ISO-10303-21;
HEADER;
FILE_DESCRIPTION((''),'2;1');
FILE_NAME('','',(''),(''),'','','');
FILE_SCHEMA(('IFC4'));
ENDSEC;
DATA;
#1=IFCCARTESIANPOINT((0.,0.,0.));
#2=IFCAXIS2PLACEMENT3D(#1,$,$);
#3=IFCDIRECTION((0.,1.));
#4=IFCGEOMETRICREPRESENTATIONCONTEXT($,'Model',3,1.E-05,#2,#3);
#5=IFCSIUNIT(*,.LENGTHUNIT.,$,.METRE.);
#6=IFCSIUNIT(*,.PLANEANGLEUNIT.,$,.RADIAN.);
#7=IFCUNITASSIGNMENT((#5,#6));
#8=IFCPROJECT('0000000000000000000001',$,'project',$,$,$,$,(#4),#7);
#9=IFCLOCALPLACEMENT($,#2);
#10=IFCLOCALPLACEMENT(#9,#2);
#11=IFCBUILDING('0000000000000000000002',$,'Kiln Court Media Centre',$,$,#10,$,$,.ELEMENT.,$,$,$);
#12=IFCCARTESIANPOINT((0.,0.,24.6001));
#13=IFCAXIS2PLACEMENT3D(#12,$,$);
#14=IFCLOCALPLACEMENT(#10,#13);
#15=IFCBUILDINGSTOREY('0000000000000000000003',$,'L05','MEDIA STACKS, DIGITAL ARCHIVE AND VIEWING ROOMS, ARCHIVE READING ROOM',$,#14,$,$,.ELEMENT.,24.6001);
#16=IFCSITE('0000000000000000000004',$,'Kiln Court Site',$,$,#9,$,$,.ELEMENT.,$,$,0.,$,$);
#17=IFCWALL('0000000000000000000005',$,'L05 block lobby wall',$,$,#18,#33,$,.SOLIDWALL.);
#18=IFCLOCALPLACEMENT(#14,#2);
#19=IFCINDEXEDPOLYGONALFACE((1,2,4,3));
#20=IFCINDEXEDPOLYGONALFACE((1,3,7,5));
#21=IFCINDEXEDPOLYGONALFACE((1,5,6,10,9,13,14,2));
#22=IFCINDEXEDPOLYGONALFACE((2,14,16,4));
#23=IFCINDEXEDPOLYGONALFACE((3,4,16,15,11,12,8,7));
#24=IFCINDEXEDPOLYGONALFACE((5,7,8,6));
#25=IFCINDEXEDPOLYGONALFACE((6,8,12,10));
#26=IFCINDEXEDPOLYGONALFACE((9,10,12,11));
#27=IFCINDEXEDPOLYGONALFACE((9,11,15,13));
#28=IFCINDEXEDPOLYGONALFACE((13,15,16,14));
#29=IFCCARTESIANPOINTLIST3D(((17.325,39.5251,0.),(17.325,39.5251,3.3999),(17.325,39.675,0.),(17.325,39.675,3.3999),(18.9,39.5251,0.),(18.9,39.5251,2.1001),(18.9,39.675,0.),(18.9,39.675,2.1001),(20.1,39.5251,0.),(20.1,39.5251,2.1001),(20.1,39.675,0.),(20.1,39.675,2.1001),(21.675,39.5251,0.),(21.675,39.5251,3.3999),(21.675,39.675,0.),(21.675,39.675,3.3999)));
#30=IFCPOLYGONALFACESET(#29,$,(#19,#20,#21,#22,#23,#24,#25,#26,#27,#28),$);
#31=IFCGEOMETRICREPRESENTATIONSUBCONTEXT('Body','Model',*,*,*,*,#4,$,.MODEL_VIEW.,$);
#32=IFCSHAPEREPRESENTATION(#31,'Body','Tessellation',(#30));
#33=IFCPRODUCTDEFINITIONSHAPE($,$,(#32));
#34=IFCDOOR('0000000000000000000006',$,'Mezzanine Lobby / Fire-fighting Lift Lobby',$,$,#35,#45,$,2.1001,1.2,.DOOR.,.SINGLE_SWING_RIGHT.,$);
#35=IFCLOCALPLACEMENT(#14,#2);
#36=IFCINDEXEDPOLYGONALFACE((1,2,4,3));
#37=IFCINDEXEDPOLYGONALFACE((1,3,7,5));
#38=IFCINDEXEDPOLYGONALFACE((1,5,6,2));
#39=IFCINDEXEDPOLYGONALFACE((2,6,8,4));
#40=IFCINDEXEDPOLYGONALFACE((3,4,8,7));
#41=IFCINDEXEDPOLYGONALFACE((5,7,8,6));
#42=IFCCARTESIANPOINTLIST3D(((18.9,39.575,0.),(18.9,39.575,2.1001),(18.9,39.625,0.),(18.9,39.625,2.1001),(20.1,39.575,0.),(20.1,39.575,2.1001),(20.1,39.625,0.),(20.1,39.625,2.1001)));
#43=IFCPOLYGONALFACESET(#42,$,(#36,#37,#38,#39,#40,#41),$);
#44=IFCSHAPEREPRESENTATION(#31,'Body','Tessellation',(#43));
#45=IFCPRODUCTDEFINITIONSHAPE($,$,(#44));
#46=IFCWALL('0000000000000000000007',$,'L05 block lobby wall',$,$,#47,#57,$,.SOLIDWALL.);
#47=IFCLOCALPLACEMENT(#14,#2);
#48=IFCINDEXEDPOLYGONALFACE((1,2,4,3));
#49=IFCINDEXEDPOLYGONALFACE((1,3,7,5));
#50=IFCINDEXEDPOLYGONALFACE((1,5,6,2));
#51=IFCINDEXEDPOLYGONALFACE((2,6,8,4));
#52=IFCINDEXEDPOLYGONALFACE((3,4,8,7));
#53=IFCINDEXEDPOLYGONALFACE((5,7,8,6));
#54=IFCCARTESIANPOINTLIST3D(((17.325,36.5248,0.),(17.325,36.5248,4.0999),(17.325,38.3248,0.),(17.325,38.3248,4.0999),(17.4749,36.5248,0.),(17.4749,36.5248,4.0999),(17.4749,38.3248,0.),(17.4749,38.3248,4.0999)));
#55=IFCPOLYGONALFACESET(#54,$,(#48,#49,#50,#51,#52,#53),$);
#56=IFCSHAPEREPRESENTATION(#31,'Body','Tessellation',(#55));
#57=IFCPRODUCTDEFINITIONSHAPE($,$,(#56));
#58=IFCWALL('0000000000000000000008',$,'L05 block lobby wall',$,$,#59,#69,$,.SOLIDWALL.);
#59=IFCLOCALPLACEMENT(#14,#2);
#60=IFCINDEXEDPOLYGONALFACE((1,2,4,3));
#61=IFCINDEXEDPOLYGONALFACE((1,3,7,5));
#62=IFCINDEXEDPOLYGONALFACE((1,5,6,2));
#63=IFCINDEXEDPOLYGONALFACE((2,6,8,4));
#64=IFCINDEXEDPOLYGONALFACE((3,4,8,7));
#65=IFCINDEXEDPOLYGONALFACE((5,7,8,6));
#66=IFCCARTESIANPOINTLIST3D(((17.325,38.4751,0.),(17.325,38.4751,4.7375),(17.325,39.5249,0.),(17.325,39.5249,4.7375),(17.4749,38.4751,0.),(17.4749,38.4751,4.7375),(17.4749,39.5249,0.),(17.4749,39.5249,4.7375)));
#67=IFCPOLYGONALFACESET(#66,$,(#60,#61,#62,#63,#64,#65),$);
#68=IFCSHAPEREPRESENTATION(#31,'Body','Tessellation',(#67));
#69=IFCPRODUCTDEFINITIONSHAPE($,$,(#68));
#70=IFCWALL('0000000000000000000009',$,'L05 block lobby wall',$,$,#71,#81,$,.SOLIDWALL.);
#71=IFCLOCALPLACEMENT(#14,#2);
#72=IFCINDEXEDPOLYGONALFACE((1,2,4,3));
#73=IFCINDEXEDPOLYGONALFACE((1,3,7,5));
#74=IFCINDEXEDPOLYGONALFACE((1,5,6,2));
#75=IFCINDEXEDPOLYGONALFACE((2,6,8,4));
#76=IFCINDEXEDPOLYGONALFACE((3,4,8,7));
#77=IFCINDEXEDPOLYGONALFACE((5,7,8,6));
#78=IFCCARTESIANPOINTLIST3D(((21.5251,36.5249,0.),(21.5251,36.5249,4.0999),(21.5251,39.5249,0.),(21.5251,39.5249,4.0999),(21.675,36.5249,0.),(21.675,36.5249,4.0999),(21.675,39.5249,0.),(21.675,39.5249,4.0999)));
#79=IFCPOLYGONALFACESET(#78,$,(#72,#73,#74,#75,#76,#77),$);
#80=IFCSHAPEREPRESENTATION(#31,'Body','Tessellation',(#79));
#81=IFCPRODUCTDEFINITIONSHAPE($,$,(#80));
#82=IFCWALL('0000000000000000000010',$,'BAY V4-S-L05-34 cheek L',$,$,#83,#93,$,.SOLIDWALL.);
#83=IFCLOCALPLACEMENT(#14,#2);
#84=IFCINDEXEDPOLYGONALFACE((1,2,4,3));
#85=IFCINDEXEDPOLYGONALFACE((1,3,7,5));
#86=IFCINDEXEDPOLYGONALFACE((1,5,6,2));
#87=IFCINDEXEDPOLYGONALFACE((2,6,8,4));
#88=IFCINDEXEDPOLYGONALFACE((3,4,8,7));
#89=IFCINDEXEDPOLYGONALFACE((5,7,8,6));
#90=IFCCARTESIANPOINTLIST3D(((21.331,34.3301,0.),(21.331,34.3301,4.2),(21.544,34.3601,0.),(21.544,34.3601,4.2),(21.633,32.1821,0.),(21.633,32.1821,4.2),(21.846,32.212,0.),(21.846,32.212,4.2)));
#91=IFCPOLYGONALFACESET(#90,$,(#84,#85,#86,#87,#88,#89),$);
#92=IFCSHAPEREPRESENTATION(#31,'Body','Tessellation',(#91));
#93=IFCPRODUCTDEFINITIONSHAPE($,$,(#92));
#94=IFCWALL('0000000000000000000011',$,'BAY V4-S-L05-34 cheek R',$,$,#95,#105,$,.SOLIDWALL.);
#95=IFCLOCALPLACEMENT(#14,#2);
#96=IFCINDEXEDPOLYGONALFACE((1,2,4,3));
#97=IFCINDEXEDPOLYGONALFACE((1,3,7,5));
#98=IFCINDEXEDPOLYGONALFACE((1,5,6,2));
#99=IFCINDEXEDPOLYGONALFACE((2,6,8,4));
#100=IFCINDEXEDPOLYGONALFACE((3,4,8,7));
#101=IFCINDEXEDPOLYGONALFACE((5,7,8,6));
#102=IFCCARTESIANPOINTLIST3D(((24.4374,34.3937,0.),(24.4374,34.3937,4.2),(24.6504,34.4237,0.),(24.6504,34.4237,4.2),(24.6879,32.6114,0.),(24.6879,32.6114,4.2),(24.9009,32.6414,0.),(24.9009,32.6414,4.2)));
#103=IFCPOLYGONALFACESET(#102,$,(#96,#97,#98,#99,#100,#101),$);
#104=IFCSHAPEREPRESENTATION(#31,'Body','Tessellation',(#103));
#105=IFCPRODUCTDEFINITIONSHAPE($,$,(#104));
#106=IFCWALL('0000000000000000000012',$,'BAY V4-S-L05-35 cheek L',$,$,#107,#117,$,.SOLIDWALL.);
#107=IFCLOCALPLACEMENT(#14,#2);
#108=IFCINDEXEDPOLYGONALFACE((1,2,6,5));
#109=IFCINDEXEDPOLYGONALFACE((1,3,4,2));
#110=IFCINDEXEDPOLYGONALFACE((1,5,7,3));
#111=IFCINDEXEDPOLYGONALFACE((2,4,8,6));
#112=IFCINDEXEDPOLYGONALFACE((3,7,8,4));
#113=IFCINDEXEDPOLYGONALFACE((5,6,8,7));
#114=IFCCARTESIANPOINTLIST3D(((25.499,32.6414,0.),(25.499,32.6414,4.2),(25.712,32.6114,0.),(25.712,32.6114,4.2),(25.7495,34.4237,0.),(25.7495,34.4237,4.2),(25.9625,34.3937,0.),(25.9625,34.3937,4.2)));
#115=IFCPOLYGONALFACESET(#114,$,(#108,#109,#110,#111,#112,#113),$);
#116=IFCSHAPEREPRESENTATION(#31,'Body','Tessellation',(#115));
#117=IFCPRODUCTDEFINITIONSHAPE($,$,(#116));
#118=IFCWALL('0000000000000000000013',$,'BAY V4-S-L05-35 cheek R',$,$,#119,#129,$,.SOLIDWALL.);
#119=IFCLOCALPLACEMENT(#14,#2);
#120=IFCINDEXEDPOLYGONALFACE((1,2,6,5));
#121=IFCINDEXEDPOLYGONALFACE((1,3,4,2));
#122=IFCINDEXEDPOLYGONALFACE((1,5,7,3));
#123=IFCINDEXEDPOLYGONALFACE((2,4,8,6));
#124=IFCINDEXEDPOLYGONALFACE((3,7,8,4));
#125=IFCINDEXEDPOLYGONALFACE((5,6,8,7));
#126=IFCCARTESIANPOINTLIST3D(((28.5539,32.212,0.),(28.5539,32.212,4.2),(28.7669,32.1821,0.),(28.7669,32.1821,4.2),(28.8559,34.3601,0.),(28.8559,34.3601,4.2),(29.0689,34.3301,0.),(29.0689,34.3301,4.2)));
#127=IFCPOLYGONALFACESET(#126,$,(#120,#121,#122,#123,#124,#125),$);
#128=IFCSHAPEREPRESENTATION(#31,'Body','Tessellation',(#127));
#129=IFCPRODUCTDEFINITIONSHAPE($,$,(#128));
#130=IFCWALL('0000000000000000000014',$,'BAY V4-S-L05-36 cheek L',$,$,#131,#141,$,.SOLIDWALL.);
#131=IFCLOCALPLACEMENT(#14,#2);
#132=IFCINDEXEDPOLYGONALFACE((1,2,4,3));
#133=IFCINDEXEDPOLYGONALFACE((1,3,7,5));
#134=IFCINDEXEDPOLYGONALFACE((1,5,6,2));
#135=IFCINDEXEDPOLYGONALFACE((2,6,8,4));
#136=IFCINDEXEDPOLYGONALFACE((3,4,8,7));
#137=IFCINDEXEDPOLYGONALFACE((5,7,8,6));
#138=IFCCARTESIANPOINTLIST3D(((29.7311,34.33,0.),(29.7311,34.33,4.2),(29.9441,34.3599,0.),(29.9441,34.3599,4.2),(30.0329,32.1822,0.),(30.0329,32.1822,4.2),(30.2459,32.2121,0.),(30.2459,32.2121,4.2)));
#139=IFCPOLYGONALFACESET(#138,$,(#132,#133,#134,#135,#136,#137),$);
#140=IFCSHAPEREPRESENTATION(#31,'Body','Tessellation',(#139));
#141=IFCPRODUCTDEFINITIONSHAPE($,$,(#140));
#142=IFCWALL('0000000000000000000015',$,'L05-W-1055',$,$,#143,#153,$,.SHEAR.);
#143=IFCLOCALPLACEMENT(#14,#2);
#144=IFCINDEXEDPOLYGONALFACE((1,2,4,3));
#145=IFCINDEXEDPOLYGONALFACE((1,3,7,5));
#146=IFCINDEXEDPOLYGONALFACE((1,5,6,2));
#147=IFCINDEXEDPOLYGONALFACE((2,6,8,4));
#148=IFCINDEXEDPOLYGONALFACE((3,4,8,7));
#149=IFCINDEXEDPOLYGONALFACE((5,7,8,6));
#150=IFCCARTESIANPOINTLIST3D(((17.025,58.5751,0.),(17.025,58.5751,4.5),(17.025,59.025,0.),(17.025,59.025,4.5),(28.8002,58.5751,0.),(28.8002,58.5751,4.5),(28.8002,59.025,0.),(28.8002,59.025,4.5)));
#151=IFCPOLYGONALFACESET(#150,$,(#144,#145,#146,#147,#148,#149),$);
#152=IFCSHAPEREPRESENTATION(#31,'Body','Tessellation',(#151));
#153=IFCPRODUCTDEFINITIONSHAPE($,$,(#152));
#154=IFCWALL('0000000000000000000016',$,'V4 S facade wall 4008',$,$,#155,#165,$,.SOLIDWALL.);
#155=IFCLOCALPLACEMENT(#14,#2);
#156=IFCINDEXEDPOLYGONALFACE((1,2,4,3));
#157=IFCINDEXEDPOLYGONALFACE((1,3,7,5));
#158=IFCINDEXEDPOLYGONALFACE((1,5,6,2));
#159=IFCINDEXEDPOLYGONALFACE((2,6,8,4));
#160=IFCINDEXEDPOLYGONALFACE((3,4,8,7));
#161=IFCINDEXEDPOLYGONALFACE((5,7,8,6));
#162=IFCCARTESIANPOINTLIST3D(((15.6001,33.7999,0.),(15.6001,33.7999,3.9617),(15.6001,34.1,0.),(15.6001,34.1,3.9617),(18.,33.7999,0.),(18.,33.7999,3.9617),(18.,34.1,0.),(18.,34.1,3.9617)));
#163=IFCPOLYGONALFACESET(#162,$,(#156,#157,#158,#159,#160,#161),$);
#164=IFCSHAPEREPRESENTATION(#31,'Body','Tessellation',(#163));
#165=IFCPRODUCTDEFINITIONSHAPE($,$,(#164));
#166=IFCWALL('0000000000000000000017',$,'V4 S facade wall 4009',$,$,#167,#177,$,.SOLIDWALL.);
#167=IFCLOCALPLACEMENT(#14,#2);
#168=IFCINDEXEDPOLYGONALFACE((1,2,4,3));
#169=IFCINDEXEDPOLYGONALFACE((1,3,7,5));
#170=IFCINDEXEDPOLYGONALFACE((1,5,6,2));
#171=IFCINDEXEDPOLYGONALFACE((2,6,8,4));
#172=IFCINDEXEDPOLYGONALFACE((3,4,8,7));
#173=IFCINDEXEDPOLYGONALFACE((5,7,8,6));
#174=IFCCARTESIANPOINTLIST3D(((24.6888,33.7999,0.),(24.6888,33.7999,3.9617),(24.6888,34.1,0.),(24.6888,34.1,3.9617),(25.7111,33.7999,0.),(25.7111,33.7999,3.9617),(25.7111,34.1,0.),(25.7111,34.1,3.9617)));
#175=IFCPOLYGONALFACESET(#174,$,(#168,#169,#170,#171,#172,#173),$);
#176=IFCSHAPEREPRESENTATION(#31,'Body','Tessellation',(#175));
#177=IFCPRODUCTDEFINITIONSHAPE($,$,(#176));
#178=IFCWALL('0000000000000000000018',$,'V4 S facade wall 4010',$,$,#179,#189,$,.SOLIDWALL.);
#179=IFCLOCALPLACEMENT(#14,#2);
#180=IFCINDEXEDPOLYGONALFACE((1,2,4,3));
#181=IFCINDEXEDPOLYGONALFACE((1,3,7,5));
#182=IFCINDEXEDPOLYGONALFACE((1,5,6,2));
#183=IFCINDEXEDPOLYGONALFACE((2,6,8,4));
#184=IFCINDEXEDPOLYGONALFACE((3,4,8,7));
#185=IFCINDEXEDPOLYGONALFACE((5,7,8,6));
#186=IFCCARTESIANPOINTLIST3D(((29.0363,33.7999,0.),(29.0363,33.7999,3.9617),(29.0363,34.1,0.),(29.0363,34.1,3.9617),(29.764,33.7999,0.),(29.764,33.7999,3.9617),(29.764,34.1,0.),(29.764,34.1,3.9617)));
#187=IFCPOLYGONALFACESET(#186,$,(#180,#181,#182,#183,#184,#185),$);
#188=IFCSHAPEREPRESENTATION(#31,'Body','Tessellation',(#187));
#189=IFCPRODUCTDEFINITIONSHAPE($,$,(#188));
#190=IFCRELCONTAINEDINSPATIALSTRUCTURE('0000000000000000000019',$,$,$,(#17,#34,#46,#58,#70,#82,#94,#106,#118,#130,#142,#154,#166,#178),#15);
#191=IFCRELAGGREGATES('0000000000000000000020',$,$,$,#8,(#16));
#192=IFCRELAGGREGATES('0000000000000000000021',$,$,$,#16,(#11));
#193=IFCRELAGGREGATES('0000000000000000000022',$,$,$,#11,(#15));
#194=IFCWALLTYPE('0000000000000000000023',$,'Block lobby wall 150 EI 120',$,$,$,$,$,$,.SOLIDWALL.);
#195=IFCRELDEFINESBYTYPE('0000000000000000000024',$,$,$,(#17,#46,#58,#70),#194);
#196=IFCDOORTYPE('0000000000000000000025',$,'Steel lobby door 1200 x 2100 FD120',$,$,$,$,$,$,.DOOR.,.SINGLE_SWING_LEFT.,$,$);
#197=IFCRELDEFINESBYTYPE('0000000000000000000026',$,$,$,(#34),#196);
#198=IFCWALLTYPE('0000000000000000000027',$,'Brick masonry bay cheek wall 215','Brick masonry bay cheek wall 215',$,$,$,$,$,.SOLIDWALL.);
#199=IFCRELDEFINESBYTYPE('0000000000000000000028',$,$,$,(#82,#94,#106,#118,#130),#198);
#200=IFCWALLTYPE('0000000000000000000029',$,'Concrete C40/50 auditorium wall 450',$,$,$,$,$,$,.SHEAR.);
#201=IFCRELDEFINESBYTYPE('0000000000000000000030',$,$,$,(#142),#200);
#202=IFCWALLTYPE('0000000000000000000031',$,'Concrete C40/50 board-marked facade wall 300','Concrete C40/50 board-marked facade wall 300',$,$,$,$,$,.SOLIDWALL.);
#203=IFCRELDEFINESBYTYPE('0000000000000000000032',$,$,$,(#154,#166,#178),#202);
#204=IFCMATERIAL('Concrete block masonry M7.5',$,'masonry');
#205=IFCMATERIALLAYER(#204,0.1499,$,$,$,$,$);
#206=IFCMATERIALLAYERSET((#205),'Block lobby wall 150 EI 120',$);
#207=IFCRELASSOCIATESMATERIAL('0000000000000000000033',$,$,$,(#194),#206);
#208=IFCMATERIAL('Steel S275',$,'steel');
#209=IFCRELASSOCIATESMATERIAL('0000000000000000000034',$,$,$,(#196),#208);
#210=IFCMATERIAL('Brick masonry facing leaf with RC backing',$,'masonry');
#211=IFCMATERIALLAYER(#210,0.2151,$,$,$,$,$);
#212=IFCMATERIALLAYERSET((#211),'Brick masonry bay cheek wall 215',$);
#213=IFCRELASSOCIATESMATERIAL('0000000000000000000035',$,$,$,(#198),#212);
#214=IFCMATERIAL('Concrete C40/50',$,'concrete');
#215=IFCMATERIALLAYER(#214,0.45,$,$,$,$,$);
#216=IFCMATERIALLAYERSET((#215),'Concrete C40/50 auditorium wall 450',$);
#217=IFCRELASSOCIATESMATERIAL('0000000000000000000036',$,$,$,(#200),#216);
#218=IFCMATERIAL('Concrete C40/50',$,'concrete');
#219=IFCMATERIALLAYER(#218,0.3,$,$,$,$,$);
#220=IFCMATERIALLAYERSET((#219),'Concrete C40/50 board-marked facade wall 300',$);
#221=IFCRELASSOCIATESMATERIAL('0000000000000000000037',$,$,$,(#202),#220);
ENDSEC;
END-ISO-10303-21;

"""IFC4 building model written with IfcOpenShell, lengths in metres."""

from ifc_helpers import new_model, si_unit, direction, frame, frame_2d, origin, place, context, subcontext, project, spatial, rectangle, extrude, material, layer, layer_set, type_object, element, fill, save


model = new_model("IFC4")

# Units and contexts
model_context = context("Model", 3, precision=1e-05, world=origin(), true_north=direction((0.0, 1.0)))
body_context = subcontext(model_context, "Body", "Model", "MODEL_VIEW")
ifc_project = project(units=[si_unit("LENGTHUNIT", "METRE"), si_unit("PLANEANGLEUNIT", "RADIAN")], contexts=[model_context])

# Site, building, storey
site_placement = place(None, origin())
site = spatial("IfcSite", under=ifc_project, at=site_placement, Name="Kiln Court Site", CompositionType="ELEMENT", RefElevation=0.0)
building_placement = place(site_placement, origin())
building = spatial("IfcBuilding", under=site, at=building_placement, Name="Kiln Court Media Centre", CompositionType="ELEMENT")
storey_placement = place(building_placement, frame((0.0, 0.0, 24.6001)))
storey = spatial("IfcBuildingStorey", under=building, at=storey_placement, Name="L05", Description="MEDIA STACKS, DIGITAL ARCHIVE AND VIEWING ROOMS, ARCHIVE READING ROOM", CompositionType="ELEMENT", Elevation=24.6001)

# Wall, opening, door
ifc_material_1 = material(Name="Concrete block masonry M7.5", Category="masonry")
ifc_layer_1 = layer(ifc_material_1, 0.1499)
ifc_layer_set_1 = layer_set([ifc_layer_1], Name="Block lobby wall 150 EI 120")
wall_type_1 = type_object("IfcWallType", Name="Block lobby wall 150 EI 120", PredefinedType="SOLIDWALL", material=ifc_layer_set_1)
wall_1_placement = place(storey_placement, frame((17.325, 39.6001, 0.0), z_axis=(0.0, 0.0, 1.0), x_axis=(1.0, 0.0, 0.0)))
wall_1 = element("IfcWall", 1, at=wall_1_placement, inside=storey, type_object=wall_type_1, Name="L05 block lobby wall", PredefinedType="SOLIDWALL", context=body_context, shape_type="SweptSolid", body=[
    extrude(rectangle(XDim=4.3501, YDim=0.1499, at=frame_2d((2.175, 0.0))), origin(), (0.0, 0.0, 1.0), 3.3999),
])
opening_1_placement = place(wall_1_placement, frame((1.575, 0.0, 0.0)))
opening_1 = element("IfcOpeningElement", 2, at=opening_1_placement, cuts=wall_1, PredefinedType="OPENING", context=body_context, shape_type="SweptSolid", body=[
    extrude(rectangle(XDim=1.2, YDim=2.1001, at=frame_2d((0.6001, 1.05))), frame((0.0, 0.085, 0.0), z_axis=(0.0, -1.0, 0.0), x_axis=(1.0, 0.0, 0.0)), (0.0, 0.0, 1.0), 0.1699),
])
ifc_material_2 = material(Name="Steel S275", Category="steel")
door_type_1 = type_object("IfcDoorType", Name="Steel lobby door 1200 x 2100 FD120", OperationType="SINGLE_SWING_LEFT", PredefinedType="DOOR", material=ifc_material_2)
door_1_placement = place(opening_1_placement, origin())
door_1 = element("IfcDoor", 3, at=door_1_placement, inside=storey, type_object=door_type_1, Name="Mezzanine Lobby / Fire-fighting Lift Lobby", OperationType="SINGLE_SWING_RIGHT", OverallHeight=2.1001, OverallWidth=1.2, PredefinedType="DOOR", context=body_context, shape_type="SweptSolid", body=[
    extrude(rectangle(XDim=1.2, YDim=2.1001, at=frame_2d((0.6001, 1.05))), frame((0.0, 0.0249, 0.0), z_axis=(0.0, -1.0, 0.0), x_axis=(1.0, 0.0, 0.0)), (0.0, 0.0, 1.0), 0.05),
])
fill(opening_1, door_1)

# Walls
wall_2_placement = place(storey_placement, frame((17.3999, 36.5249, 0.0), z_axis=(0.0, 0.0, 1.0), x_axis=(0.0, 1.0, 0.0)))
element("IfcWall", 4, at=wall_2_placement, inside=storey, type_object=wall_type_1, Name="L05 block lobby wall", PredefinedType="SOLIDWALL", context=body_context, shape_type="SweptSolid", body=[
    extrude(rectangle(XDim=1.8, YDim=0.1499, at=frame_2d((0.8999, 0.0))), origin(), (0.0, 0.0, 1.0), 4.0999),
])
wall_3_placement = place(storey_placement, frame((17.3999, 38.4751, 0.0), z_axis=(0.0, 0.0, 1.0), x_axis=(0.0, 1.0, 0.0)))
element("IfcWall", 5, at=wall_3_placement, inside=storey, type_object=wall_type_1, Name="L05 block lobby wall", PredefinedType="SOLIDWALL", context=body_context, shape_type="SweptSolid", body=[
    extrude(rectangle(XDim=1.0498, YDim=0.1499, at=frame_2d((0.5249, 0.0))), origin(), (0.0, 0.0, 1.0), 4.7375),
])
wall_4_placement = place(storey_placement, frame((21.6001, 36.5249, 0.0), z_axis=(0.0, 0.0, 1.0), x_axis=(0.0, 1.0, 0.0)))
element("IfcWall", 6, at=wall_4_placement, inside=storey, type_object=wall_type_1, Name="L05 block lobby wall", PredefinedType="SOLIDWALL", context=body_context, shape_type="SweptSolid", body=[
    extrude(rectangle(XDim=3.0, YDim=0.1499, at=frame_2d((1.5, 0.0))), origin(), (0.0, 0.0, 1.0), 4.0999),
])
ifc_material_3 = material(Name="Brick masonry facing leaf with RC backing", Category="masonry")
ifc_layer_2 = layer(ifc_material_3, 0.2151)
ifc_layer_set_2 = layer_set([ifc_layer_2], Name="Brick masonry bay cheek wall 215")
wall_type_2 = type_object("IfcWallType", Name="Brick masonry bay cheek wall 215", Description="Brick masonry bay cheek wall 215", PredefinedType="SOLIDWALL", material=ifc_layer_set_2)
wall_5_placement = place(storey_placement, frame((21.4375, 34.345, 0.0), z_axis=(0.0, 0.0, 1.0), x_axis=(0.139231, -0.99026, 0.0)))
element("IfcWall", 7, at=wall_5_placement, inside=storey, type_object=wall_type_2, Name="BAY V4-S-L05-34 cheek L", PredefinedType="SOLIDWALL", context=body_context, shape_type="SweptSolid", body=[
    extrude(rectangle(XDim=2.1692, YDim=0.2151, at=frame_2d((1.0845, 0.0))), origin(), (0.0, 0.0, 1.0), 4.2),
])
for number, where, z_axis, x_axis, name in (
    (8, (24.5439, 34.4087, 0.0), (0.0, 0.0, 1.0), (0.13918, -0.990267, 0.0), "BAY V4-S-L05-34 cheek R"),
    (9, (25.856, 34.4087, 0.0), (0.0, 0.0, 1.0), (-0.13918, -0.990267, 0.0), "BAY V4-S-L05-35 cheek L"),
):
    element("IfcWall", number, at=place(storey_placement, frame(where, z_axis=z_axis, x_axis=x_axis)), inside=storey, type_object=wall_type_2, Name=name, PredefinedType="SOLIDWALL", context=body_context, shape_type="SweptSolid", body=[
        extrude(rectangle(XDim=1.7998, YDim=0.2151, at=frame_2d((0.8999, 0.0))), origin(), (0.0, 0.0, 1.0), 4.2),
    ])
wall_6_placement = place(storey_placement, frame((28.9624, 34.345, 0.0), z_axis=(0.0, 0.0, 1.0), x_axis=(-0.139231, -0.99026, 0.0)))
element("IfcWall", 10, at=wall_6_placement, inside=storey, type_object=wall_type_2, Name="BAY V4-S-L05-35 cheek R", PredefinedType="SOLIDWALL", context=body_context, shape_type="SweptSolid", body=[
    extrude(rectangle(XDim=2.1692, YDim=0.2151, at=frame_2d((1.0845, 0.0))), origin(), (0.0, 0.0, 1.0), 4.2),
])
wall_7_placement = place(storey_placement, frame((29.8376, 34.345, 0.0), z_axis=(0.0, 0.0, 1.0), x_axis=(0.13912, -0.990275, 0.0)))
element("IfcWall", 11, at=wall_7_placement, inside=storey, type_object=wall_type_2, Name="BAY V4-S-L05-36 cheek L", PredefinedType="SOLIDWALL", context=body_context, shape_type="SweptSolid", body=[
    extrude(rectangle(XDim=2.1689, YDim=0.2151, at=frame_2d((1.0845, 0.0))), origin(), (0.0, 0.0, 1.0), 4.2),
])
ifc_material_4 = material(Name="Concrete C40/50", Category="concrete")
ifc_layer_3 = layer(ifc_material_4, 0.45)
ifc_layer_set_3 = layer_set([ifc_layer_3], Name="Concrete C40/50 auditorium wall 450")
wall_type_3 = type_object("IfcWallType", Name="Concrete C40/50 auditorium wall 450", PredefinedType="SHEAR", material=ifc_layer_set_3)
wall_8_placement = place(storey_placement, frame((17.0249, 58.8, 0.0), z_axis=(0.0, 0.0, 1.0), x_axis=(1.0, 0.0, 0.0)))
element("IfcWall", 12, at=wall_8_placement, inside=storey, type_object=wall_type_3, Name="L05-W-1055", PredefinedType="SHEAR", context=body_context, shape_type="SweptSolid", body=[
    extrude(rectangle(XDim=11.7751, YDim=0.45, at=frame_2d((5.8877, 0.0))), origin(), (0.0, 0.0, 1.0), 4.5),
])
ifc_material_5 = material(Name="Concrete C40/50", Category="concrete")
ifc_layer_4 = layer(ifc_material_5, 0.3)
ifc_layer_set_4 = layer_set([ifc_layer_4], Name="Concrete C40/50 board-marked facade wall 300")
wall_type_4 = type_object("IfcWallType", Name="Concrete C40/50 board-marked facade wall 300", Description="Concrete C40/50 board-marked facade wall 300", PredefinedType="SOLIDWALL", material=ifc_layer_set_4)
wall_9_placement = place(storey_placement, frame((18.0, 33.95, 0.0), z_axis=(0.0, 0.0, 1.0), x_axis=(-1.0, 0.0, 0.0)))
element("IfcWall", 13, at=wall_9_placement, inside=storey, type_object=wall_type_4, Name="V4 S facade wall 4008", PredefinedType="SOLIDWALL", context=body_context, shape_type="SweptSolid", body=[
    extrude(rectangle(XDim=2.3999, YDim=0.3, at=frame_2d((1.2, 0.0))), origin(), (0.0, 0.0, 1.0), 3.9617),
])
wall_10_placement = place(storey_placement, frame((25.7112, 33.95, 0.0), z_axis=(0.0, 0.0, 1.0), x_axis=(-1.0, 0.0, 0.0)))
element("IfcWall", 14, at=wall_10_placement, inside=storey, type_object=wall_type_4, Name="V4 S facade wall 4009", PredefinedType="SOLIDWALL", context=body_context, shape_type="SweptSolid", body=[
    extrude(rectangle(XDim=1.0222, YDim=0.3, at=frame_2d((0.5112, 0.0))), origin(), (0.0, 0.0, 1.0), 3.9617),
])
wall_11_placement = place(storey_placement, frame((29.7639, 33.95, 0.0), z_axis=(0.0, 0.0, 1.0), x_axis=(-1.0, 0.0, 0.0)))
element("IfcWall", 15, at=wall_11_placement, inside=storey, type_object=wall_type_4, Name="V4 S facade wall 4010", PredefinedType="SOLIDWALL", context=body_context, shape_type="SweptSolid", body=[
    extrude(rectangle(XDim=0.7278, YDim=0.3, at=frame_2d((0.3638, 0.0))), origin(), (0.0, 0.0, 1.0), 3.9617),
])

save(model, "model.ifc")
